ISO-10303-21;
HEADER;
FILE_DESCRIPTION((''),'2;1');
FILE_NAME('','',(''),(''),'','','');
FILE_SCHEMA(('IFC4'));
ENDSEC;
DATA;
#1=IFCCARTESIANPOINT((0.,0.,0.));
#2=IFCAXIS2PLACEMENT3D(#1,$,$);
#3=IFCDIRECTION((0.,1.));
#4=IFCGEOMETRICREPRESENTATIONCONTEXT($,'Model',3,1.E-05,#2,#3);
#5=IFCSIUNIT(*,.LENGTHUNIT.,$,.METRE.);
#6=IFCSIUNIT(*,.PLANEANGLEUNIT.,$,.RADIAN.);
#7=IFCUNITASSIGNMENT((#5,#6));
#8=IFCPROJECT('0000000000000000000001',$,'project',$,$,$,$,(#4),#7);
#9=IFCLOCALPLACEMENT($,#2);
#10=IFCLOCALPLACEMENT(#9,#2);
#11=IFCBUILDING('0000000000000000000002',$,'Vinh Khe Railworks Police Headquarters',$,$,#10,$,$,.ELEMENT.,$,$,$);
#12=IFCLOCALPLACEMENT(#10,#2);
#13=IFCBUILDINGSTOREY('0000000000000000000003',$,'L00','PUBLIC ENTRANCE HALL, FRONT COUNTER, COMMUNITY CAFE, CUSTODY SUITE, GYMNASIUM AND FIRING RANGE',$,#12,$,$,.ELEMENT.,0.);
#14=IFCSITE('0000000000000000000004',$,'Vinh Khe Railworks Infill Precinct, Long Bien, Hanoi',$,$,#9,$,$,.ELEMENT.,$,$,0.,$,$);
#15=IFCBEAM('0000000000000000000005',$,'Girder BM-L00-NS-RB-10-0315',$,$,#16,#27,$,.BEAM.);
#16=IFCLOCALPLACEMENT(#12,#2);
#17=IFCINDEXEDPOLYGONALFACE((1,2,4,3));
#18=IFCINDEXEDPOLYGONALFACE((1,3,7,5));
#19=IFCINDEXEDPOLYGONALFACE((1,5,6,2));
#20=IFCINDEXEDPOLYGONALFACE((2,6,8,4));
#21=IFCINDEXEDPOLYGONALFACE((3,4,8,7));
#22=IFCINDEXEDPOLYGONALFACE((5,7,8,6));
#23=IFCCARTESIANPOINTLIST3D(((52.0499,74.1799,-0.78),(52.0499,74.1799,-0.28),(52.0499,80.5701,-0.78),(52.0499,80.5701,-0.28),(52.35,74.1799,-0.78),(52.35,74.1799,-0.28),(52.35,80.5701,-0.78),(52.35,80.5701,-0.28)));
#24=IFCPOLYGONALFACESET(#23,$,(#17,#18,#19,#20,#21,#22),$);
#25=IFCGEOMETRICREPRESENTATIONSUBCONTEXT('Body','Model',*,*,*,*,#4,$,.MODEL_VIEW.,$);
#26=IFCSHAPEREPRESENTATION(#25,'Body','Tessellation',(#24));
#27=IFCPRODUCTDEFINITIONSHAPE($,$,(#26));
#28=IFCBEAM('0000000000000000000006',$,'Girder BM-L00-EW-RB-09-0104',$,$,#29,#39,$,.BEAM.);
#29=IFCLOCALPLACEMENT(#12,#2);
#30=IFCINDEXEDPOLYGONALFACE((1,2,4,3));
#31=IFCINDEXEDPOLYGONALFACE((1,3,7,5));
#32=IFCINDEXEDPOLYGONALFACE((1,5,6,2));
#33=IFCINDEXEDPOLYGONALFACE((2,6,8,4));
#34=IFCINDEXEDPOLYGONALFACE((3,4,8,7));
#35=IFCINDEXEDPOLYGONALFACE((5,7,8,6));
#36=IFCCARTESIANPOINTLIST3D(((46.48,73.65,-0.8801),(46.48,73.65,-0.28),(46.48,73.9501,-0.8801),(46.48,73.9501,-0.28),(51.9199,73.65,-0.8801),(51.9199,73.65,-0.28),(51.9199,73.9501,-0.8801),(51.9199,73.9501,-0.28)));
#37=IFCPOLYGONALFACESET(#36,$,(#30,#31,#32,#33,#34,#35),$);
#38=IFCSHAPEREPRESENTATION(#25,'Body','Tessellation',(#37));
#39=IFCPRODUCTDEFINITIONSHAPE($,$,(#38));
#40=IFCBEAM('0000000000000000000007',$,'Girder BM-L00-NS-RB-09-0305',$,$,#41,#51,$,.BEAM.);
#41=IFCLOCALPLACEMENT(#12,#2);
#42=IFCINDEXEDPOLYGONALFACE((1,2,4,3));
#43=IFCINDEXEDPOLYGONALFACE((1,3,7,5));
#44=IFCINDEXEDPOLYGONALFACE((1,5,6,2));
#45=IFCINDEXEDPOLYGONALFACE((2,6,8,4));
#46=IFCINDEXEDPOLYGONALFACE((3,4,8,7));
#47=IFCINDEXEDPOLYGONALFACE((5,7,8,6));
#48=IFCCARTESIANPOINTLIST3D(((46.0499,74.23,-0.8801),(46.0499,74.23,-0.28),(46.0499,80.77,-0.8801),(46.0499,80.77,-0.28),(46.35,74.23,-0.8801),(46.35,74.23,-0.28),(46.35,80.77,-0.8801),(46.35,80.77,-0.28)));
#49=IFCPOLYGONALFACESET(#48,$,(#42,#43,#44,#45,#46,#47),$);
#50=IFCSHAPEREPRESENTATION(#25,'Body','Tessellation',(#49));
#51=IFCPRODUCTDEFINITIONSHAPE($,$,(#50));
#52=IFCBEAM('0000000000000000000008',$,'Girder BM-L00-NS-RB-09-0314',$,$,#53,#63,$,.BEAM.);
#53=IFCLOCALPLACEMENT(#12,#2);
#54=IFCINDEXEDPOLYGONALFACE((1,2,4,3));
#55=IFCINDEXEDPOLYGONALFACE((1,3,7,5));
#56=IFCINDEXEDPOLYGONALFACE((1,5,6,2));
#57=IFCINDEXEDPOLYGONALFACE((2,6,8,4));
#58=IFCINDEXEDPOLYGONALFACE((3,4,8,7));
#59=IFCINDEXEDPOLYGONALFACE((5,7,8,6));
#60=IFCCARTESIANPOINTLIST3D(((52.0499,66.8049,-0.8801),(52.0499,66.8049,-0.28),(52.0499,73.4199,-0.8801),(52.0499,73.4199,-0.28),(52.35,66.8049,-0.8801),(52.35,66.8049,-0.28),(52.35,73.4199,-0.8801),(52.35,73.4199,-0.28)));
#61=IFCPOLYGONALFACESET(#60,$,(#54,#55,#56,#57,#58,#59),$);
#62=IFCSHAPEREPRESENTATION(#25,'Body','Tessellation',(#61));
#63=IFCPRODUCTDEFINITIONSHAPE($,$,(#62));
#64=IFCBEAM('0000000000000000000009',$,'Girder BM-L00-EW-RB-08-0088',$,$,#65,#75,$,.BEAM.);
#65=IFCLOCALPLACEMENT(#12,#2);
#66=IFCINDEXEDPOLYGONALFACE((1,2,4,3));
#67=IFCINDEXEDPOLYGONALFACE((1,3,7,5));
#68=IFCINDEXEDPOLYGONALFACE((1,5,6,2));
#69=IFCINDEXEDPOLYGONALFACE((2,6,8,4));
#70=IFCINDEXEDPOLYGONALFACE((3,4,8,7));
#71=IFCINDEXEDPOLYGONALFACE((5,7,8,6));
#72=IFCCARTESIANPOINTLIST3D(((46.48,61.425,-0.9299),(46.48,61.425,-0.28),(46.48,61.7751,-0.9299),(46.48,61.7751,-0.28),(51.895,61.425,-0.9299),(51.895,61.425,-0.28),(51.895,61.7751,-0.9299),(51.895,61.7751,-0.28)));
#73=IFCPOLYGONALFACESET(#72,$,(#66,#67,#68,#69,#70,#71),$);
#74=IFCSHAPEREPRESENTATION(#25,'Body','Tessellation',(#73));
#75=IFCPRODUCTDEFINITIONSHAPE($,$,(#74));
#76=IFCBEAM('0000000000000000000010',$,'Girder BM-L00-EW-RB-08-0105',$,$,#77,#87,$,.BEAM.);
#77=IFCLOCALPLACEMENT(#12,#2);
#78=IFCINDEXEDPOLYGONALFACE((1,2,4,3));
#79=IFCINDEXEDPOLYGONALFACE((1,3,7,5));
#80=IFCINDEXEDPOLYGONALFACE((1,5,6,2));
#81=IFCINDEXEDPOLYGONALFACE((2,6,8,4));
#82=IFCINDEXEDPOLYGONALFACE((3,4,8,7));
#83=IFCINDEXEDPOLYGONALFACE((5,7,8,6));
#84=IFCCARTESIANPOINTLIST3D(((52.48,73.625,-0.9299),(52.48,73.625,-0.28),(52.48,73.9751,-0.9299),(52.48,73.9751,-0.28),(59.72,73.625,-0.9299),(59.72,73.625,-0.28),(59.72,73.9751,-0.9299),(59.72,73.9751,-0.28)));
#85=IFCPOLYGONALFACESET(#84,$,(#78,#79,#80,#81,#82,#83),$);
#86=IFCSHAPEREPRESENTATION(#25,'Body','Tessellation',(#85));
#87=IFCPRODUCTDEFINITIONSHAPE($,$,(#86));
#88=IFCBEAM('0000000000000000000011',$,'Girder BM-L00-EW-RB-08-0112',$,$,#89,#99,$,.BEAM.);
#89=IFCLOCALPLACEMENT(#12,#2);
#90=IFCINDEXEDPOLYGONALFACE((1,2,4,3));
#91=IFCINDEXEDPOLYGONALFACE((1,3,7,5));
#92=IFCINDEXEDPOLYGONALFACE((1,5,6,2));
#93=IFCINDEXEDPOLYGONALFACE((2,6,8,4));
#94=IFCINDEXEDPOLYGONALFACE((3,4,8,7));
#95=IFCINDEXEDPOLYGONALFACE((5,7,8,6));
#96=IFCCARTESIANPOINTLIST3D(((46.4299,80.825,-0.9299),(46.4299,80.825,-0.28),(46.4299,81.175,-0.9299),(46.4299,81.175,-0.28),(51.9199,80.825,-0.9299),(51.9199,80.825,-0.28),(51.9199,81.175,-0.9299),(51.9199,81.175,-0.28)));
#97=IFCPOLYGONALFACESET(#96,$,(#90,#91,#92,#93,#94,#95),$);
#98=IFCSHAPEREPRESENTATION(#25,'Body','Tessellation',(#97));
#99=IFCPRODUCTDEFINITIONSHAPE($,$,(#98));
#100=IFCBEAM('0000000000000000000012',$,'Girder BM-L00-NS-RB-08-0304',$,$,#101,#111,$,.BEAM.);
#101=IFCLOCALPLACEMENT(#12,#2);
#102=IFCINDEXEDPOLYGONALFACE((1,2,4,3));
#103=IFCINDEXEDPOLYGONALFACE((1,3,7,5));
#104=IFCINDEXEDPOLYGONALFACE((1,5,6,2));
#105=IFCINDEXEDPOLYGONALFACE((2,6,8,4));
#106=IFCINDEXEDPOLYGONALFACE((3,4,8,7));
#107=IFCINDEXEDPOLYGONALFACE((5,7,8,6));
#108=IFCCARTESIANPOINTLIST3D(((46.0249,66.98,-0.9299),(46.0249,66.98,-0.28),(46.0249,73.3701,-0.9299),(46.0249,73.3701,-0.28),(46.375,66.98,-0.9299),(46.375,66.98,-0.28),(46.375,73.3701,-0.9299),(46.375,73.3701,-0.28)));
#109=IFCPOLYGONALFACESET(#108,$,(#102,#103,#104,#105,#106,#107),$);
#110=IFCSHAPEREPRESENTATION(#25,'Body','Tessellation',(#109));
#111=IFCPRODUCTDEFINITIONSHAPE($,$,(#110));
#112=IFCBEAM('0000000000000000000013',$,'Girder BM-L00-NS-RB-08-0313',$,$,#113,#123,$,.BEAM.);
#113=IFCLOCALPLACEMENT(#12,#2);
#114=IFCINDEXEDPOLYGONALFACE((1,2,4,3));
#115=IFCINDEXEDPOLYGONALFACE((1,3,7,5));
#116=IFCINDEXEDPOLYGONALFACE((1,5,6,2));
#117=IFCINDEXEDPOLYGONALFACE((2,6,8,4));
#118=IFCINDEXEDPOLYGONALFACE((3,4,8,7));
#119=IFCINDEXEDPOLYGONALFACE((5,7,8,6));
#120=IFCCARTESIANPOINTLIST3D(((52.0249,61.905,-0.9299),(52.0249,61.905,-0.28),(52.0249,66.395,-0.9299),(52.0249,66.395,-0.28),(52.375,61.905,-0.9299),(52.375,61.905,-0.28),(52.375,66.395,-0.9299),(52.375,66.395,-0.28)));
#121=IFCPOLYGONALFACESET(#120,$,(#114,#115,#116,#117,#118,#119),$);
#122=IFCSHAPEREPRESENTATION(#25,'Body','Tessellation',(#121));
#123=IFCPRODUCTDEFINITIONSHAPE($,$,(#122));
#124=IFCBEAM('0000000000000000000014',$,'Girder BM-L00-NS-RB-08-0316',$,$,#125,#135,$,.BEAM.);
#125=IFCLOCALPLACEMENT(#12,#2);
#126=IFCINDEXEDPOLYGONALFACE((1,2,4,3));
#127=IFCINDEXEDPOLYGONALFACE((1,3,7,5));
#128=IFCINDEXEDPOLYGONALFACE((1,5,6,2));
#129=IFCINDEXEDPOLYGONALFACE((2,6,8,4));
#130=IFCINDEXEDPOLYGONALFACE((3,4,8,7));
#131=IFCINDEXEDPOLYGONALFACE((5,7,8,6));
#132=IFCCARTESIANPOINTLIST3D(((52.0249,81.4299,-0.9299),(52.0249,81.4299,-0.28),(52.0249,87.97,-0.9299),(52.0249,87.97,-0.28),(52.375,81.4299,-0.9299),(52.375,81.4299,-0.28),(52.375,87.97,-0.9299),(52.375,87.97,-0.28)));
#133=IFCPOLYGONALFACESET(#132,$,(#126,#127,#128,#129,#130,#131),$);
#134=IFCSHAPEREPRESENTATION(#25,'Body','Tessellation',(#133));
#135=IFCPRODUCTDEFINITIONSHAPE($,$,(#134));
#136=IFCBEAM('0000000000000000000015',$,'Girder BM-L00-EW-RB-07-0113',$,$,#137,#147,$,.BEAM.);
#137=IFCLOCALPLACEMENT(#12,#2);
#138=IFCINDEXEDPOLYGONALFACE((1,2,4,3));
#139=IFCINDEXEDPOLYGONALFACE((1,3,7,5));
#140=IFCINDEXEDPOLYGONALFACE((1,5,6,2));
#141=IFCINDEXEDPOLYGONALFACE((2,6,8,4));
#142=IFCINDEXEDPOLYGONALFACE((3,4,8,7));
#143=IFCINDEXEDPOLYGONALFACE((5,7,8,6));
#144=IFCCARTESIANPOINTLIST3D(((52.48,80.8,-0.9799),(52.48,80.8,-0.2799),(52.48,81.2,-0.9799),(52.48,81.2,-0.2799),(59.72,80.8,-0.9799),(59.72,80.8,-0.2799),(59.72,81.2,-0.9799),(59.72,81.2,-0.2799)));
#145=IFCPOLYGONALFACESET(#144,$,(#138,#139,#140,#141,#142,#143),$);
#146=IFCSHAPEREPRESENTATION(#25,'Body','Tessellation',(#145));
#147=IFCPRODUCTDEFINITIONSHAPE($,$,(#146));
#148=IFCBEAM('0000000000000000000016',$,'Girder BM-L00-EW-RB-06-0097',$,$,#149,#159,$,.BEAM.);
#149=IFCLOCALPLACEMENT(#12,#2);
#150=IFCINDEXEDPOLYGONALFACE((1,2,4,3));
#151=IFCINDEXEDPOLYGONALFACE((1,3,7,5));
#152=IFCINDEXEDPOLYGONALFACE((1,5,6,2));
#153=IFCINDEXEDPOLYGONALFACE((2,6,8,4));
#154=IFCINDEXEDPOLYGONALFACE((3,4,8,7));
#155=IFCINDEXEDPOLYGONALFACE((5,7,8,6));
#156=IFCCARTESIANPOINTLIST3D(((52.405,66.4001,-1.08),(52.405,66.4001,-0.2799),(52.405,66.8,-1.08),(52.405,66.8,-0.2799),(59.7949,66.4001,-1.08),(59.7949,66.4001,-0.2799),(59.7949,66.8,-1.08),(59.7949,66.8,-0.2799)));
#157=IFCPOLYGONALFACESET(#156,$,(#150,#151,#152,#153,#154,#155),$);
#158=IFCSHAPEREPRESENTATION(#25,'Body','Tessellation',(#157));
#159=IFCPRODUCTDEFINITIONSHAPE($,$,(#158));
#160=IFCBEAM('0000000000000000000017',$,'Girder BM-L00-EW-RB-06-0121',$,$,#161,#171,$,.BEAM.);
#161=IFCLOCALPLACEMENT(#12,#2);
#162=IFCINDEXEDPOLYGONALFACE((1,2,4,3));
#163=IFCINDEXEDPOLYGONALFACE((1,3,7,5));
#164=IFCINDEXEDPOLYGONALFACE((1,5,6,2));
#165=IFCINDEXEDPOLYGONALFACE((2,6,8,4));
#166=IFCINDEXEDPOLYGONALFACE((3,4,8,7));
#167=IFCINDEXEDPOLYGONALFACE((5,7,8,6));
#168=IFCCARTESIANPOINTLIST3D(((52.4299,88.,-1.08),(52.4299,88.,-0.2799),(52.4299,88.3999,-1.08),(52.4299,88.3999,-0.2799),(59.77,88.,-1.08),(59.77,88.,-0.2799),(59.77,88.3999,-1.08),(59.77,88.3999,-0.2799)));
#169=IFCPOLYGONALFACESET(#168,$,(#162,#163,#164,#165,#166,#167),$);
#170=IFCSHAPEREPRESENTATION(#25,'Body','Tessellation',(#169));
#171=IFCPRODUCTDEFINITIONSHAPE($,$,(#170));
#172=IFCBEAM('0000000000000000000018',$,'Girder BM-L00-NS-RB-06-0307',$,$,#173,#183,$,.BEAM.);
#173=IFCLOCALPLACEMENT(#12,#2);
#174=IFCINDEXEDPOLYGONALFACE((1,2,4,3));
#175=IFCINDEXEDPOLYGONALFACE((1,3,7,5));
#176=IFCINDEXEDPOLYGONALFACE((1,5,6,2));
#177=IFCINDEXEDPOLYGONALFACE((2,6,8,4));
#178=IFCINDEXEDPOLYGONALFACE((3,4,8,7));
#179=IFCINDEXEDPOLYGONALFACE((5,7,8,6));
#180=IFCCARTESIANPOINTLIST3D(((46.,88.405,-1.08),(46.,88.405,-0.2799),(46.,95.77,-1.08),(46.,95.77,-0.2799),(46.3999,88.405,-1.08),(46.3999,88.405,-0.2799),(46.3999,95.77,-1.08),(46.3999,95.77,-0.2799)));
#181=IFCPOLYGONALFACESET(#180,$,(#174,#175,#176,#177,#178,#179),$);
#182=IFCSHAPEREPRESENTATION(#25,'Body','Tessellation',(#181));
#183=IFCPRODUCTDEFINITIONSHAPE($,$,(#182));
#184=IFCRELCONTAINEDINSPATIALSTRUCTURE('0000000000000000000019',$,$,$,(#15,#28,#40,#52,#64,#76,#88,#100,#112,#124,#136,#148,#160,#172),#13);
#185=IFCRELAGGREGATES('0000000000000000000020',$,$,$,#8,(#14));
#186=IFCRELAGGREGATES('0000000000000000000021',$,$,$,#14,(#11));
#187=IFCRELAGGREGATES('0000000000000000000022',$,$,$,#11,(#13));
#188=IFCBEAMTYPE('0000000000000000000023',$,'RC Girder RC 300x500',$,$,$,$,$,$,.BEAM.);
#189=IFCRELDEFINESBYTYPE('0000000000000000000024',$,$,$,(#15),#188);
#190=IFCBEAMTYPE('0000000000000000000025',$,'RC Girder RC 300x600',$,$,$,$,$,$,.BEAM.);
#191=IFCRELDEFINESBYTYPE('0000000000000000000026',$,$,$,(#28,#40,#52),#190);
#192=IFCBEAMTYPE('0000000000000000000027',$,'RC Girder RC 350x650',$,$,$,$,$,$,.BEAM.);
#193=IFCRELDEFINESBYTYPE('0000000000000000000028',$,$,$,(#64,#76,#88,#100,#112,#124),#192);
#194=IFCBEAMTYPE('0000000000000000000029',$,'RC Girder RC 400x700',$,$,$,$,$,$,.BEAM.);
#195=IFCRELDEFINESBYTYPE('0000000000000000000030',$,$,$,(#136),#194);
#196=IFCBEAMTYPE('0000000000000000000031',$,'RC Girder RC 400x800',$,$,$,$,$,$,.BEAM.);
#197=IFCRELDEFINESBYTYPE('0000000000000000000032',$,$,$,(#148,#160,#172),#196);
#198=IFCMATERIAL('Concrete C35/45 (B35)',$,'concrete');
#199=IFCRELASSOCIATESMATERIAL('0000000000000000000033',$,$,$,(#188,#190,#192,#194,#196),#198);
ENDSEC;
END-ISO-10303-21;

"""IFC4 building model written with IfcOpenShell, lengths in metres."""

from ifc_helpers import new_model, si_unit, direction, frame, origin, origin_2d, place, context, subcontext, project, spatial, rectangle, extrude, material, material_profile, profile_set, type_object, element, save


model = new_model("IFC4")

# Units and contexts
model_context = context("Model", 3, precision=1e-05, world=origin(), true_north=direction((0.0, 1.0)))
body_context = subcontext(model_context, "Body", "Model", "MODEL_VIEW")
ifc_project = project(units=[si_unit("LENGTHUNIT", "METRE"), si_unit("PLANEANGLEUNIT", "RADIAN")], contexts=[model_context])

# Site, building, storey
site_placement = place(None, origin())
site = spatial("IfcSite", under=ifc_project, at=site_placement, Name="Vinh Khe Railworks Infill Precinct, Long Bien, Hanoi", CompositionType="ELEMENT", RefElevation=0.0)
building_placement = place(site_placement, origin())
building = spatial("IfcBuilding", under=site, at=building_placement, Name="Vinh Khe Railworks Police Headquarters", CompositionType="ELEMENT")
storey_placement = place(building_placement, origin())
storey = spatial("IfcBuildingStorey", under=building, at=storey_placement, Name="L00", Description="PUBLIC ENTRANCE HALL, FRONT COUNTER, COMMUNITY CAFE, CUSTODY SUITE, GYMNASIUM AND FIRING RANGE", CompositionType="ELEMENT", Elevation=0.0)

# Beams
ifc_material_1 = material(Name="Concrete C35/45 (B35)", Category="concrete")
ifc_material_profile_1 = material_profile(ifc_material_1, rectangle(XDim=0.3, YDim=0.5, at=origin_2d()), Name="RC 300x500")
ifc_profile_set_1 = profile_set([ifc_material_profile_1], Name="Concrete C35/45 (B35)")
beam_type_1 = type_object("IfcBeamType", Name="RC Girder RC 300x500", PredefinedType="BEAM", material=ifc_profile_set_1)
beam_1_placement = place(storey_placement, frame((52.2, 74.1799, -0.53), z_axis=(0.0, 1.0, 0.0), x_axis=(-1.0, 0.0, 0.0)))
element("IfcBeam", 1, at=beam_1_placement, inside=storey, type_object=beam_type_1, Name="Girder BM-L00-NS-RB-10-0315", PredefinedType="BEAM", context=body_context, shape_type="SweptSolid", body=[
    extrude(rectangle(XDim=0.3, YDim=0.5, at=origin_2d()), origin(), (0.0, 0.0, 1.0), 6.3901),
])
ifc_material_profile_2 = material_profile(ifc_material_1, rectangle(XDim=0.3, YDim=0.6001, at=origin_2d()), Name="RC 300x600")
ifc_profile_set_2 = profile_set([ifc_material_profile_2], Name="Concrete C35/45 (B35)")
beam_type_2 = type_object("IfcBeamType", Name="RC Girder RC 300x600", PredefinedType="BEAM", material=ifc_profile_set_2)
beam_2_placement = place(storey_placement, frame((46.48, 73.8, -0.5801), z_axis=(1.0, 0.0, 0.0), x_axis=(0.0, 1.0, 0.0)))
element("IfcBeam", 2, at=beam_2_placement, inside=storey, type_object=beam_type_2, Name="Girder BM-L00-EW-RB-09-0104", PredefinedType="BEAM", context=body_context, shape_type="SweptSolid", body=[
    extrude(rectangle(XDim=0.3, YDim=0.6001, at=origin_2d()), origin(), (0.0, 0.0, 1.0), 5.4399),
])
beam_3_placement = place(storey_placement, frame((46.2, 74.23, -0.5801), z_axis=(0.0, 1.0, 0.0), x_axis=(-1.0, 0.0, 0.0)))
element("IfcBeam", 3, at=beam_3_placement, inside=storey, type_object=beam_type_2, Name="Girder BM-L00-NS-RB-09-0305", PredefinedType="BEAM", context=body_context, shape_type="SweptSolid", body=[
    extrude(rectangle(XDim=0.3, YDim=0.6001, at=origin_2d()), origin(), (0.0, 0.0, 1.0), 6.54),
])
beam_4_placement = place(storey_placement, frame((52.2, 66.8049, -0.5801), z_axis=(0.0, 1.0, 0.0), x_axis=(-1.0, 0.0, 0.0)))
element("IfcBeam", 4, at=beam_4_placement, inside=storey, type_object=beam_type_2, Name="Girder BM-L00-NS-RB-09-0314", PredefinedType="BEAM", context=body_context, shape_type="SweptSolid", body=[
    extrude(rectangle(XDim=0.3, YDim=0.6001, at=origin_2d()), origin(), (0.0, 0.0, 1.0), 6.615),
])
ifc_material_profile_3 = material_profile(ifc_material_1, rectangle(XDim=0.3501, YDim=0.6499, at=origin_2d()), Name="RC 350x650")
ifc_profile_set_3 = profile_set([ifc_material_profile_3], Name="Concrete C35/45 (B35)")
beam_type_3 = type_object("IfcBeamType", Name="RC Girder RC 350x650", PredefinedType="BEAM", material=ifc_profile_set_3)
beam_5_placement = place(storey_placement, frame((46.48, 61.6001, -0.605), z_axis=(1.0, 0.0, 0.0), x_axis=(0.0, 1.0, 0.0)))
element("IfcBeam", 5, at=beam_5_placement, inside=storey, type_object=beam_type_3, Name="Girder BM-L00-EW-RB-08-0088", PredefinedType="BEAM", context=body_context, shape_type="SweptSolid", body=[
    extrude(rectangle(XDim=0.3501, YDim=0.6499, at=origin_2d()), origin(), (0.0, 0.0, 1.0), 5.415),
])
beam_6_placement = place(storey_placement, frame((52.48, 73.8, -0.605), z_axis=(1.0, 0.0, 0.0), x_axis=(0.0, 1.0, 0.0)))
element("IfcBeam", 6, at=beam_6_placement, inside=storey, type_object=beam_type_3, Name="Girder BM-L00-EW-RB-08-0105", PredefinedType="BEAM", context=body_context, shape_type="SweptSolid", body=[
    extrude(rectangle(XDim=0.3501, YDim=0.6499, at=origin_2d()), origin(), (0.0, 0.0, 1.0), 7.24),
])
beam_7_placement = place(storey_placement, frame((46.4299, 81.0, -0.605), z_axis=(1.0, 0.0, 0.0), x_axis=(0.0, 1.0, 0.0)))
element("IfcBeam", 7, at=beam_7_placement, inside=storey, type_object=beam_type_3, Name="Girder BM-L00-EW-RB-08-0112", PredefinedType="BEAM", context=body_context, shape_type="SweptSolid", body=[
    extrude(rectangle(XDim=0.3501, YDim=0.6499, at=origin_2d()), origin(), (0.0, 0.0, 1.0), 5.49),
])
beam_8_placement = place(storey_placement, frame((46.2, 66.98, -0.605), z_axis=(0.0, 1.0, 0.0), x_axis=(-1.0, 0.0, 0.0)))
element("IfcBeam", 8, at=beam_8_placement, inside=storey, type_object=beam_type_3, Name="Girder BM-L00-NS-RB-08-0304", PredefinedType="BEAM", context=body_context, shape_type="SweptSolid", body=[
    extrude(rectangle(XDim=0.3501, YDim=0.6499, at=origin_2d()), origin(), (0.0, 0.0, 1.0), 6.3901),
])
beam_9_placement = place(storey_placement, frame((52.2, 61.905, -0.605), z_axis=(0.0, 1.0, 0.0), x_axis=(-1.0, 0.0, 0.0)))
element("IfcBeam", 9, at=beam_9_placement, inside=storey, type_object=beam_type_3, Name="Girder BM-L00-NS-RB-08-0313", PredefinedType="BEAM", context=body_context, shape_type="SweptSolid", body=[
    extrude(rectangle(XDim=0.3501, YDim=0.6499, at=origin_2d()), origin(), (0.0, 0.0, 1.0), 4.49),
])
beam_10_placement = place(storey_placement, frame((52.2, 81.4299, -0.605), z_axis=(0.0, 1.0, 0.0), x_axis=(-1.0, 0.0, 0.0)))
element("IfcBeam", 10, at=beam_10_placement, inside=storey, type_object=beam_type_3, Name="Girder BM-L00-NS-RB-08-0316", PredefinedType="BEAM", context=body_context, shape_type="SweptSolid", body=[
    extrude(rectangle(XDim=0.3501, YDim=0.6499, at=origin_2d()), origin(), (0.0, 0.0, 1.0), 6.54),
])
ifc_material_profile_4 = material_profile(ifc_material_1, rectangle(XDim=0.3999, YDim=0.7, at=origin_2d()), Name="RC 400x700")
ifc_profile_set_4 = profile_set([ifc_material_profile_4], Name="Concrete C35/45 (B35)")
beam_type_4 = type_object("IfcBeamType", Name="RC Girder RC 400x700", PredefinedType="BEAM", material=ifc_profile_set_4)
beam_11_placement = place(storey_placement, frame((52.48, 81.0, -0.6299), z_axis=(1.0, 0.0, 0.0), x_axis=(0.0, 1.0, 0.0)))
element("IfcBeam", 11, at=beam_11_placement, inside=storey, type_object=beam_type_4, Name="Girder BM-L00-EW-RB-07-0113", PredefinedType="BEAM", context=body_context, shape_type="SweptSolid", body=[
    extrude(rectangle(XDim=0.3999, YDim=0.7, at=origin_2d()), origin(), (0.0, 0.0, 1.0), 7.24),
])
ifc_material_profile_5 = material_profile(ifc_material_1, rectangle(XDim=0.3999, YDim=0.8, at=origin_2d()), Name="RC 400x800")
ifc_profile_set_5 = profile_set([ifc_material_profile_5], Name="Concrete C35/45 (B35)")
beam_type_5 = type_object("IfcBeamType", Name="RC Girder RC 400x800", PredefinedType="BEAM", material=ifc_profile_set_5)
beam_12_placement = place(storey_placement, frame((52.405, 66.6001, -0.6799), z_axis=(1.0, 0.0, 0.0), x_axis=(0.0, 1.0, 0.0)))
element("IfcBeam", 12, at=beam_12_placement, inside=storey, type_object=beam_type_5, Name="Girder BM-L00-EW-RB-06-0097", PredefinedType="BEAM", context=body_context, shape_type="SweptSolid", body=[
    extrude(rectangle(XDim=0.3999, YDim=0.8, at=origin_2d()), origin(), (0.0, 0.0, 1.0), 7.3899),
])
beam_13_placement = place(storey_placement, frame((52.4299, 88.2, -0.6799), z_axis=(1.0, 0.0, 0.0), x_axis=(0.0, 1.0, 0.0)))
element("IfcBeam", 13, at=beam_13_placement, inside=storey, type_object=beam_type_5, Name="Girder BM-L00-EW-RB-06-0121", PredefinedType="BEAM", context=body_context, shape_type="SweptSolid", body=[
    extrude(rectangle(XDim=0.3999, YDim=0.8, at=origin_2d()), origin(), (0.0, 0.0, 1.0), 7.3401),
])
beam_14_placement = place(storey_placement, frame((46.2, 88.405, -0.6799), z_axis=(0.0, 1.0, 0.0), x_axis=(-1.0, 0.0, 0.0)))
element("IfcBeam", 14, at=beam_14_placement, inside=storey, type_object=beam_type_5, Name="Girder BM-L00-NS-RB-06-0307", PredefinedType="BEAM", context=body_context, shape_type="SweptSolid", body=[
    extrude(rectangle(XDim=0.3999, YDim=0.8, at=origin_2d()), origin(), (0.0, 0.0, 1.0), 7.365),
])

save(model, "model.ifc")
